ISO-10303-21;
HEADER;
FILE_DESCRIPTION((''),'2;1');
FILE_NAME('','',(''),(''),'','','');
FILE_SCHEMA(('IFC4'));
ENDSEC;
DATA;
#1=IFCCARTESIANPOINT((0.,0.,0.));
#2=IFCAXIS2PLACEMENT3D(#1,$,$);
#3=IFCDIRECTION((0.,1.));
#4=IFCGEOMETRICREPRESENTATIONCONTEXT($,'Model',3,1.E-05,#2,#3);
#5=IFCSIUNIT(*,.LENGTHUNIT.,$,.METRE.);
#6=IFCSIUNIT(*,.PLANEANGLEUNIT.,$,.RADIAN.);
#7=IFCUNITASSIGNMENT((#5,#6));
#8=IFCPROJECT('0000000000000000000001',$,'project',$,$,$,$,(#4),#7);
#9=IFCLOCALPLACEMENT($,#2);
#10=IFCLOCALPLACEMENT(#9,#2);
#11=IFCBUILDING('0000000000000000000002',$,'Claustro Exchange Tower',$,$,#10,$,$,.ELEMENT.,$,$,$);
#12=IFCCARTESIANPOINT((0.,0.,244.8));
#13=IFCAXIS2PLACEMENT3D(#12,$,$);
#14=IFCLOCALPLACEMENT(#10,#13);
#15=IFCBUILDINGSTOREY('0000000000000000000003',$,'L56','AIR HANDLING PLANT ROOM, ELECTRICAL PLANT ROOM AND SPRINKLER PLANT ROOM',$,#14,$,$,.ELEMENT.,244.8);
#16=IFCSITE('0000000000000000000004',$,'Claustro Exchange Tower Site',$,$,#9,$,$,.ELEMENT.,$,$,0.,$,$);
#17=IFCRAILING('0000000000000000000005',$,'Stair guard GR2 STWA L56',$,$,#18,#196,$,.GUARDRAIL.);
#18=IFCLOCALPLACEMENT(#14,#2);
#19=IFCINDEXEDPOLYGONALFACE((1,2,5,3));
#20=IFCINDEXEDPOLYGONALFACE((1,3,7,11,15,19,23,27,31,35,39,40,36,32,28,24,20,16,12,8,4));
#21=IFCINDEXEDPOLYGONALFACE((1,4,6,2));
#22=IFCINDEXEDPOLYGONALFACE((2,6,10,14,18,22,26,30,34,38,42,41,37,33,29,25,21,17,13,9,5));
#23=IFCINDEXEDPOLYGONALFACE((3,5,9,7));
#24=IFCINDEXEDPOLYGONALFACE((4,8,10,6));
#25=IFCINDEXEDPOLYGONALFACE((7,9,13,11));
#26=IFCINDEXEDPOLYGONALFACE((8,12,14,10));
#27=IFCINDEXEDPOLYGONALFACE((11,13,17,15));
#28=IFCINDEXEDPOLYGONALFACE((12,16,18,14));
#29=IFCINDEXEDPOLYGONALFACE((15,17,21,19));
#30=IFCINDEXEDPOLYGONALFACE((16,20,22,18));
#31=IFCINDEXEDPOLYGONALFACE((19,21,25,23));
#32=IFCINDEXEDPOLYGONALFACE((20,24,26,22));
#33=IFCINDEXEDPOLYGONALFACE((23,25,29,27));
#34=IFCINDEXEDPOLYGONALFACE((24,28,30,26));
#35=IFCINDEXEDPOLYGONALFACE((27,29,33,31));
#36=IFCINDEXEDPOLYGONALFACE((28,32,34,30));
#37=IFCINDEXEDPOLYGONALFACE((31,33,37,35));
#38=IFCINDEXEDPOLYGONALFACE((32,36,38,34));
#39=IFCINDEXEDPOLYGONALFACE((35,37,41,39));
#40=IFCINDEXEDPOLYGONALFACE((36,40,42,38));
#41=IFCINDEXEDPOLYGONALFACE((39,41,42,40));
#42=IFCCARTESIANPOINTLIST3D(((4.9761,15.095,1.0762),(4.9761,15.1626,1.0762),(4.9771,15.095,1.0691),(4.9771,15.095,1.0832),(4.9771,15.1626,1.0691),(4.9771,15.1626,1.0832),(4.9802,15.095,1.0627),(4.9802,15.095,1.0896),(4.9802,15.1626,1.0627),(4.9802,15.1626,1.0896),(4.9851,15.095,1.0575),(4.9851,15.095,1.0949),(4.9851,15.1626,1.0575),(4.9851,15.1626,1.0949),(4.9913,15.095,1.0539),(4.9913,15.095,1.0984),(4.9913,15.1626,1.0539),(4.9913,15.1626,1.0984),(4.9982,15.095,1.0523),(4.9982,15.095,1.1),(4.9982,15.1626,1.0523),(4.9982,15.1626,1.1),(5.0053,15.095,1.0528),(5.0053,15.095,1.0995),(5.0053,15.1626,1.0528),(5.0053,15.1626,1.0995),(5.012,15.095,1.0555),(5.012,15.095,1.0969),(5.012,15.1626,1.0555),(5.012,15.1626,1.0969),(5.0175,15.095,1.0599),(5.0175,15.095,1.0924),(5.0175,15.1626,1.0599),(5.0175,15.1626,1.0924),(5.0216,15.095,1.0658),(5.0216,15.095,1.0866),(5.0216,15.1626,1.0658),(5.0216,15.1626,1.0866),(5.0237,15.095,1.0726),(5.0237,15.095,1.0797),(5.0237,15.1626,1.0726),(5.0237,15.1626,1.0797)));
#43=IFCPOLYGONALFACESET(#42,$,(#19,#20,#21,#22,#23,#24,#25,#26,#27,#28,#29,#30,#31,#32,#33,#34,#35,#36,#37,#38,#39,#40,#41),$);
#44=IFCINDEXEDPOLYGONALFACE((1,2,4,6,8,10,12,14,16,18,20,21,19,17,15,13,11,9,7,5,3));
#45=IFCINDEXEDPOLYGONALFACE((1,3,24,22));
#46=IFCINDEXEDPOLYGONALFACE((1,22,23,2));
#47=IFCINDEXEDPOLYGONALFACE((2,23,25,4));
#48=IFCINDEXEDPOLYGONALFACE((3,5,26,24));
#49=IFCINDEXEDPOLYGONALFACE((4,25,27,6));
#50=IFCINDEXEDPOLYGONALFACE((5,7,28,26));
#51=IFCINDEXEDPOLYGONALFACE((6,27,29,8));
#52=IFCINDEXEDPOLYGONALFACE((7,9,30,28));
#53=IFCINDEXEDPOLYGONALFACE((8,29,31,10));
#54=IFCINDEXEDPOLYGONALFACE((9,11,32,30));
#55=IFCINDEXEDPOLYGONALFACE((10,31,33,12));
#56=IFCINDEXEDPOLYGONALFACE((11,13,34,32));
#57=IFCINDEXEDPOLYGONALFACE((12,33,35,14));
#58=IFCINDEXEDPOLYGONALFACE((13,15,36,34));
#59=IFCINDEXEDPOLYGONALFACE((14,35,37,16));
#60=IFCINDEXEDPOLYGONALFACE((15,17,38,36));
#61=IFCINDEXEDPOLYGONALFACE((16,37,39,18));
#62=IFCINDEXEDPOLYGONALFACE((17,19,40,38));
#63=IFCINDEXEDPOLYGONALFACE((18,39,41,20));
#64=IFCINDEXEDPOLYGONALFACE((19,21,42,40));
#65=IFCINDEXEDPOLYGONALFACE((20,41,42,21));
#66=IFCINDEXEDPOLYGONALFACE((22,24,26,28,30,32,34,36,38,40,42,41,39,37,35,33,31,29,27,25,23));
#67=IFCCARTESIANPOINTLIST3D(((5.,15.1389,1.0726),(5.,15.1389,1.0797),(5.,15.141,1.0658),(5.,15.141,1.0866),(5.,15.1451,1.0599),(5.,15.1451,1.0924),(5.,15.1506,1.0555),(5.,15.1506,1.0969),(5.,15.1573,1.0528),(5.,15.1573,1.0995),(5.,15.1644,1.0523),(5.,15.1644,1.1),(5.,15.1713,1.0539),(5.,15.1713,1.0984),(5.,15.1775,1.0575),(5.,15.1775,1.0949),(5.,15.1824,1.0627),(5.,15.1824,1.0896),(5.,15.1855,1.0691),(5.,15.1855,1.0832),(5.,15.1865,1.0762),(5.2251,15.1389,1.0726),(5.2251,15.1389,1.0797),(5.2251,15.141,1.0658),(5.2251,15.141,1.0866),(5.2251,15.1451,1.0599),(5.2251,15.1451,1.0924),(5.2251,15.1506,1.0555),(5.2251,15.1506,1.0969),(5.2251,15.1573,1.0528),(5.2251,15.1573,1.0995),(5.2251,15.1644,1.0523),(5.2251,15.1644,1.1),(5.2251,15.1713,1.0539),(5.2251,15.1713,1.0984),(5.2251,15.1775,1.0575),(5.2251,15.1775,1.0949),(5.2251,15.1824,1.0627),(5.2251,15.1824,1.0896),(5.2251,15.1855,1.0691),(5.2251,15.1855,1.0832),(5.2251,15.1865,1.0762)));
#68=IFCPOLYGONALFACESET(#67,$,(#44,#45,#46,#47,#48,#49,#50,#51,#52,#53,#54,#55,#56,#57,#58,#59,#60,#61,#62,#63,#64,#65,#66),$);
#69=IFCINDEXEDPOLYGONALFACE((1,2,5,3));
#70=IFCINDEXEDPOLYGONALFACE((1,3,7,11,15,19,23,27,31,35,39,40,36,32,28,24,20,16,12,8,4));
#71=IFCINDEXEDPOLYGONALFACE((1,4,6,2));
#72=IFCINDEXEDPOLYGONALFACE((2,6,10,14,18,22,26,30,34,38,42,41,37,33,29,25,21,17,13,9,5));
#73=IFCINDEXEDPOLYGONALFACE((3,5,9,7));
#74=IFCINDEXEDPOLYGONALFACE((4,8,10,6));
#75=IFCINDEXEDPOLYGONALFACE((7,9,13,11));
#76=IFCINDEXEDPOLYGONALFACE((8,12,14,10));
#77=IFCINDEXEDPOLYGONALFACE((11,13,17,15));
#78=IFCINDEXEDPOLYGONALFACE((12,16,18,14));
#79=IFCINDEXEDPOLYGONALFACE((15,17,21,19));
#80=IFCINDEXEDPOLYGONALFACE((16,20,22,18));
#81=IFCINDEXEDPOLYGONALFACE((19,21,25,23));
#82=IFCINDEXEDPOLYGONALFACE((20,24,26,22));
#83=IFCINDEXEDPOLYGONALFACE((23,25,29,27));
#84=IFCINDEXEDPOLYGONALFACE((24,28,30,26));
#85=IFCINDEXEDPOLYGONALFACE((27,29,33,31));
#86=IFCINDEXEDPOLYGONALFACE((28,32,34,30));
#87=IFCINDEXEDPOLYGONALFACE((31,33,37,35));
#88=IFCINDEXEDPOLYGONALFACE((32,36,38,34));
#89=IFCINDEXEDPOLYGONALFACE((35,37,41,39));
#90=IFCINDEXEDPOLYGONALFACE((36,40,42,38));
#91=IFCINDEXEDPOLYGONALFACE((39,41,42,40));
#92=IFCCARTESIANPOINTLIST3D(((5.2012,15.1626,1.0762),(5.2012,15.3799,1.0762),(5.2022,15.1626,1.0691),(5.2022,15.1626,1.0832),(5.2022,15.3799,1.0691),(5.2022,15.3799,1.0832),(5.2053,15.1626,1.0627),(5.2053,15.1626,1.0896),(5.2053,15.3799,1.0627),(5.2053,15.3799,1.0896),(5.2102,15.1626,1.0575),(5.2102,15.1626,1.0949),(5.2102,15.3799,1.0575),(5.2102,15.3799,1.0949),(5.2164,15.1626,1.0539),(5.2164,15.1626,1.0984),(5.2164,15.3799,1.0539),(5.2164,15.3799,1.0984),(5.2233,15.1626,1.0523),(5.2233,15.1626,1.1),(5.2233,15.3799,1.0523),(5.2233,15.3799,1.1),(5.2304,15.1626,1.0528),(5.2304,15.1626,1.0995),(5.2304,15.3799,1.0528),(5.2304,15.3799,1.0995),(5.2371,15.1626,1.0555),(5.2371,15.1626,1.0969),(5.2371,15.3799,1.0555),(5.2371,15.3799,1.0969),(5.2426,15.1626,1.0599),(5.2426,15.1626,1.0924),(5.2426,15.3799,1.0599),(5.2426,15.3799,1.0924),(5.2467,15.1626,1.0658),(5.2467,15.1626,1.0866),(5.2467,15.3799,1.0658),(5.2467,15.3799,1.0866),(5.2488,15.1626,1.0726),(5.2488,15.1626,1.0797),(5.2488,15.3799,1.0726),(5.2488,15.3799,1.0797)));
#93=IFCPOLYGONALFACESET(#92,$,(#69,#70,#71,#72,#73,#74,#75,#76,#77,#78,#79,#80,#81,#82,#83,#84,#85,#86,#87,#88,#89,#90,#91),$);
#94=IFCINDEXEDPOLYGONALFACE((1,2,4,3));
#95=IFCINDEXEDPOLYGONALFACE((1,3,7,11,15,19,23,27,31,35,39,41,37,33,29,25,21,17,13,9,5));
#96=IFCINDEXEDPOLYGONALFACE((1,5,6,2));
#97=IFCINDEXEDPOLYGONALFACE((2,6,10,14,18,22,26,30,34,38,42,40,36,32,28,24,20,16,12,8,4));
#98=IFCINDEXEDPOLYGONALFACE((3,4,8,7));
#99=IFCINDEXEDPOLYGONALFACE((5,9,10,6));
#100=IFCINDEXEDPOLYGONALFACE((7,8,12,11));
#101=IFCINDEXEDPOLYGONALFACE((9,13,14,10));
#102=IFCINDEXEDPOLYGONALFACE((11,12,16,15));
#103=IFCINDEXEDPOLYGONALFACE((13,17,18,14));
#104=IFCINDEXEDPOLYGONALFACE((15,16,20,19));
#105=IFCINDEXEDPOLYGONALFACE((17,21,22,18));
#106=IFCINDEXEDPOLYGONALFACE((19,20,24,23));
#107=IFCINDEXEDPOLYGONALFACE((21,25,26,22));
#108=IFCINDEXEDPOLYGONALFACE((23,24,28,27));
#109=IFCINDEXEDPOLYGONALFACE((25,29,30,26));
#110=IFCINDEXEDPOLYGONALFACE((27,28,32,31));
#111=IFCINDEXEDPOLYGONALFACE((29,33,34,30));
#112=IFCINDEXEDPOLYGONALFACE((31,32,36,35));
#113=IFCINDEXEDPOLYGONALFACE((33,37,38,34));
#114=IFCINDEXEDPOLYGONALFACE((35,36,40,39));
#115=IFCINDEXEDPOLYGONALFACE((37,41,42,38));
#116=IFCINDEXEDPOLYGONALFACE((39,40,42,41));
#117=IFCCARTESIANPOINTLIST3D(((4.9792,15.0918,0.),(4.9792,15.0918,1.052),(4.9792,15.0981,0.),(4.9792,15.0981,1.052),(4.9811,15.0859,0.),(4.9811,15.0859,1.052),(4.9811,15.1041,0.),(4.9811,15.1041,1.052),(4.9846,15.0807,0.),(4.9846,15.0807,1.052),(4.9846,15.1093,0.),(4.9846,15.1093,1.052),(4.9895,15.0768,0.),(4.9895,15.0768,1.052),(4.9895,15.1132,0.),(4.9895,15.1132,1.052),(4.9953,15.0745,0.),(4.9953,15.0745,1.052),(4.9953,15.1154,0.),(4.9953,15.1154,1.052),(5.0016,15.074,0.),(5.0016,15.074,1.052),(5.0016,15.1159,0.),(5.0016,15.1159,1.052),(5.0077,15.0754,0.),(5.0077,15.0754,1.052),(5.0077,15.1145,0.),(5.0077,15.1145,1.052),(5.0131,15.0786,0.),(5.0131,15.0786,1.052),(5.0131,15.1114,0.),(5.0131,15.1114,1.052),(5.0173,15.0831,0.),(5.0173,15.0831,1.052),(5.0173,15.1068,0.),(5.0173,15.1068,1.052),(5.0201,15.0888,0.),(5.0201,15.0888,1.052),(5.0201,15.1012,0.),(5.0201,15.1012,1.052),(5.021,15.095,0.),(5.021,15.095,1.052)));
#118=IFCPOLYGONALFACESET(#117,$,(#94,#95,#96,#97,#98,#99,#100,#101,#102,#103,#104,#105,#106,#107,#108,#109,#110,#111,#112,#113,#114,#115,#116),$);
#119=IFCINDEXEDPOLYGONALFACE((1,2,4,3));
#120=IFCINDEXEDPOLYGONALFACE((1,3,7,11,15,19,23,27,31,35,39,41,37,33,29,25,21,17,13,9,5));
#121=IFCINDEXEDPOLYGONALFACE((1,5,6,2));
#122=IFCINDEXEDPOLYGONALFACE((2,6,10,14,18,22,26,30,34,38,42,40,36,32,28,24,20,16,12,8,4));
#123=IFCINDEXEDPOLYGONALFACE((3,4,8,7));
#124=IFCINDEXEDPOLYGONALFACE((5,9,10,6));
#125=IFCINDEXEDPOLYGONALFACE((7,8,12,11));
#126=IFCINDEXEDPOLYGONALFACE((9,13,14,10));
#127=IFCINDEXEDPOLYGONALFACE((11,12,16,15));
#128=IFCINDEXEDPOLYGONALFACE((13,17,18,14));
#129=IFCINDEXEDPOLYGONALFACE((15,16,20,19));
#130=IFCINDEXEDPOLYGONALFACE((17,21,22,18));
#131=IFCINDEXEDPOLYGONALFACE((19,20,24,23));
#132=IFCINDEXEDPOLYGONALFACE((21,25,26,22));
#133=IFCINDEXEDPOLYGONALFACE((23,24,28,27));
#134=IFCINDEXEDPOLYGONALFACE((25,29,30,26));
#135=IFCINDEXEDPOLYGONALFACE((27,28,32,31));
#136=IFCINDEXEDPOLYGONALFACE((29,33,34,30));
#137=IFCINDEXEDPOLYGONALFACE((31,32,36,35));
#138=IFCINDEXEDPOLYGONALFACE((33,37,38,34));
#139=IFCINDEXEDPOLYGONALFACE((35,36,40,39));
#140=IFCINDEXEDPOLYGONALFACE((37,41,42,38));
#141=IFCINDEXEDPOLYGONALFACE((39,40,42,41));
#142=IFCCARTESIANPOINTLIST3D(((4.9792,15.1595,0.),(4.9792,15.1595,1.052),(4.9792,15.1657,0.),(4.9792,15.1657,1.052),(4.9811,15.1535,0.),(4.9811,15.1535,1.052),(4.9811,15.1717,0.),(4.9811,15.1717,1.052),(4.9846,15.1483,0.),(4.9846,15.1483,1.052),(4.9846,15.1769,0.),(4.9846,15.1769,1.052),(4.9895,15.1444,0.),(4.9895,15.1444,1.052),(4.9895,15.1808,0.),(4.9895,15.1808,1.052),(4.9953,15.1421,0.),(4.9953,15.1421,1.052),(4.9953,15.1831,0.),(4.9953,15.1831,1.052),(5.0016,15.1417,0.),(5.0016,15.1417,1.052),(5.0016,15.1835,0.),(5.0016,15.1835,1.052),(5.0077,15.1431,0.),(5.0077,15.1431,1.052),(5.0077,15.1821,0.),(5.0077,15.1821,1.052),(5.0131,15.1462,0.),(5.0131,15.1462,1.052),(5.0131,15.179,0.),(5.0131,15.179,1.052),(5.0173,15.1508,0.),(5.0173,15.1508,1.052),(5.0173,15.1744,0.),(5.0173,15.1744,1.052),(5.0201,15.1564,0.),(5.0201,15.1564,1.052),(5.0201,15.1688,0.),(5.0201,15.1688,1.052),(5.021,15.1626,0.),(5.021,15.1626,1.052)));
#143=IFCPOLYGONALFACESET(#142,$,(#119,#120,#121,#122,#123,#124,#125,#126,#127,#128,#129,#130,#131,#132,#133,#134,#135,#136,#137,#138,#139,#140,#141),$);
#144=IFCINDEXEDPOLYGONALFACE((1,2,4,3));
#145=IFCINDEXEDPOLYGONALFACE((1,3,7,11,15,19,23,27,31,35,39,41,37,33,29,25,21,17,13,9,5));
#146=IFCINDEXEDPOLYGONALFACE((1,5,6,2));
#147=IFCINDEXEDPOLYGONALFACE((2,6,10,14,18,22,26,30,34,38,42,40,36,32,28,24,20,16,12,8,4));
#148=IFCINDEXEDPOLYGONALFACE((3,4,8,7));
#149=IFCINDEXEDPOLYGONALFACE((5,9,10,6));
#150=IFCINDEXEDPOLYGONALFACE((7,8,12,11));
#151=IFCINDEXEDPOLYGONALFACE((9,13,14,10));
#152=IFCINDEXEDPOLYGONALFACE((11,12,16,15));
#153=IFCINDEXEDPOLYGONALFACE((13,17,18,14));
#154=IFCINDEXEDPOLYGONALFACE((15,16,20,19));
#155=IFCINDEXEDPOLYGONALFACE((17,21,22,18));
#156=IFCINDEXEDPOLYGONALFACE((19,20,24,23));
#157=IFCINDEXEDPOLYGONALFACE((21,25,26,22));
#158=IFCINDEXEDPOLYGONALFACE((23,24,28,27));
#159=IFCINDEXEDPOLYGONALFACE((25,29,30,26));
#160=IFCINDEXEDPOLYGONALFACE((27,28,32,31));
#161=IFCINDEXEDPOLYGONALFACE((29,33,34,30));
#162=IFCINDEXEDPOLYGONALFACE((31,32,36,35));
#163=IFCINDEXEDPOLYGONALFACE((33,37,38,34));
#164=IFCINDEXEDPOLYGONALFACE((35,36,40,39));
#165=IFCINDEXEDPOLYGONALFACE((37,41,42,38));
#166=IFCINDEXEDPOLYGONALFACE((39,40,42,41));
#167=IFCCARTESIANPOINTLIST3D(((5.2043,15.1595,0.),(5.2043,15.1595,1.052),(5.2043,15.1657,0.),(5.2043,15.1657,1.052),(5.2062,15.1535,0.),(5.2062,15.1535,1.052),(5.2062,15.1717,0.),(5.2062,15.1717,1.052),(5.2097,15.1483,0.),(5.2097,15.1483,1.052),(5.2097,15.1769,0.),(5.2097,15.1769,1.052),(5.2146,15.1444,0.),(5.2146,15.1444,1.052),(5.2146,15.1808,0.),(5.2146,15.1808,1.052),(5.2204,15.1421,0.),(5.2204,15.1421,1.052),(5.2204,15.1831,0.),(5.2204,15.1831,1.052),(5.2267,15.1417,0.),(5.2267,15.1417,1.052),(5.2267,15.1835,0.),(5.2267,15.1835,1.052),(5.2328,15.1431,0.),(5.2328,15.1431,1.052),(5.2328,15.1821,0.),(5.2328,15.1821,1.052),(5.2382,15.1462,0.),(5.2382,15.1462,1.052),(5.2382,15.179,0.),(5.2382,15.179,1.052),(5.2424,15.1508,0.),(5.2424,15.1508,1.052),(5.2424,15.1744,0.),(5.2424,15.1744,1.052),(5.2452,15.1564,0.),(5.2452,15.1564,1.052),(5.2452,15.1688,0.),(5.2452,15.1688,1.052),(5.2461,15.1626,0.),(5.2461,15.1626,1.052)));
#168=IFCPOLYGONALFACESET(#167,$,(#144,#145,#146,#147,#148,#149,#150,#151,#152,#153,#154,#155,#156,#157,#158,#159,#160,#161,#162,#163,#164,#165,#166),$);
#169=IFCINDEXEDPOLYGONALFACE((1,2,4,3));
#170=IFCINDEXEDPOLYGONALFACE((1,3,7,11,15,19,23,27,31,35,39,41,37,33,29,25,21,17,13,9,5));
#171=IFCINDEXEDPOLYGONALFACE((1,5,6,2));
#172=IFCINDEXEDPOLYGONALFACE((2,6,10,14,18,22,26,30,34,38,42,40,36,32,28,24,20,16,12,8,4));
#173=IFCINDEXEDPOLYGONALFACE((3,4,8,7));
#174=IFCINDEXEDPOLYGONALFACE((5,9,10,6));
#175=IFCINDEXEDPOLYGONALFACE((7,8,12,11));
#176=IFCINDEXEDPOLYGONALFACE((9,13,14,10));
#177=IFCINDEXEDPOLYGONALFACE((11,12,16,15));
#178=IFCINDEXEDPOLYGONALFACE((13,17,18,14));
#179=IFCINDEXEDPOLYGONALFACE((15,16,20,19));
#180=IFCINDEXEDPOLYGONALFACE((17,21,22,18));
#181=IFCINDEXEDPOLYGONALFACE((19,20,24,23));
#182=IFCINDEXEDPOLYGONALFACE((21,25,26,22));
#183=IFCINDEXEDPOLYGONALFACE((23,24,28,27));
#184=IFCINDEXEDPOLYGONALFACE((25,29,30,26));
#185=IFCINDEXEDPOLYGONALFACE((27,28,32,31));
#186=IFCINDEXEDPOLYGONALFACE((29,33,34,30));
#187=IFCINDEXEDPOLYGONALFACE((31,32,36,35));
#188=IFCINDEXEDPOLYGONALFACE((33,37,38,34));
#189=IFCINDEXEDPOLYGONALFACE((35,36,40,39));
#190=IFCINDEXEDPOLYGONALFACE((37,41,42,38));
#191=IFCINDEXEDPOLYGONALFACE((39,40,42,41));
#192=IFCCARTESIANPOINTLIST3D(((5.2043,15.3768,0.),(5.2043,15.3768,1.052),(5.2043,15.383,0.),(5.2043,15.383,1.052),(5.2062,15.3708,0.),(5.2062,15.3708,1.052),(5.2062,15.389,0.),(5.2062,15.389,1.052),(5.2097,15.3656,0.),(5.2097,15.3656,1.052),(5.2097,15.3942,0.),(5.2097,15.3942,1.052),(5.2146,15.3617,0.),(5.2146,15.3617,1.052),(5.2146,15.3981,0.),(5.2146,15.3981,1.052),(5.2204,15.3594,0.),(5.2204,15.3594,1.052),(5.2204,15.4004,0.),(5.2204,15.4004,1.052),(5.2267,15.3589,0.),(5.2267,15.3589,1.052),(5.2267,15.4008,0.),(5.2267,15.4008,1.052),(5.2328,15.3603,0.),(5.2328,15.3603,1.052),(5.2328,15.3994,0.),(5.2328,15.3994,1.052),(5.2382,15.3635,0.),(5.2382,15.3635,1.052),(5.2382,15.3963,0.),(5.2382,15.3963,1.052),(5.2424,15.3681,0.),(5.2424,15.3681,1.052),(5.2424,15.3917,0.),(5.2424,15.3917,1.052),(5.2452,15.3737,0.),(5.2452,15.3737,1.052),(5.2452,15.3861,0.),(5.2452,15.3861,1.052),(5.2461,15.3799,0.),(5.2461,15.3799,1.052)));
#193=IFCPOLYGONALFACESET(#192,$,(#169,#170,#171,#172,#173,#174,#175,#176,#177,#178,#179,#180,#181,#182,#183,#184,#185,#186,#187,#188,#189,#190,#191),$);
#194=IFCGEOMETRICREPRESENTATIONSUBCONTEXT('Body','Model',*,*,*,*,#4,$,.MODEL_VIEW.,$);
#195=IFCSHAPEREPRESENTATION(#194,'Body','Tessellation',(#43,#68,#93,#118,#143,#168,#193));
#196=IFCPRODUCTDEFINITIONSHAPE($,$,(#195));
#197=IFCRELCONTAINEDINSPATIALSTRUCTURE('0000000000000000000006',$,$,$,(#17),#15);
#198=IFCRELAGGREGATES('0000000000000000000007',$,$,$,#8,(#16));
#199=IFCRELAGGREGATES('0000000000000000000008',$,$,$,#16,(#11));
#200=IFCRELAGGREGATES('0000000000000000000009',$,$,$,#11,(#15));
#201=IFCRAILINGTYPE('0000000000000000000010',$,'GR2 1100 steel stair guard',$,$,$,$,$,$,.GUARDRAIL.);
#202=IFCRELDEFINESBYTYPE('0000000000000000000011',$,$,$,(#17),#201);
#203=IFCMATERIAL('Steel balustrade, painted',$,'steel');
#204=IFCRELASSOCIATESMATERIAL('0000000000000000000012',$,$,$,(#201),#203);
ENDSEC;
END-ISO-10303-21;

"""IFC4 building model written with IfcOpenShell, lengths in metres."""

from ifc_helpers import new_model, si_unit, direction, frame, origin, origin_2d, place, context, subcontext, project, spatial, circle, extrude, material, type_object, element, save


model = new_model("IFC4")

# Units and contexts
model_context = context("Model", 3, precision=1e-05, world=origin(), true_north=direction((0.0, 1.0)))
body_context = subcontext(model_context, "Body", "Model", "MODEL_VIEW")
ifc_project = project(units=[si_unit("LENGTHUNIT", "METRE"), si_unit("PLANEANGLEUNIT", "RADIAN")], contexts=[model_context])

# Site, building, storey
site_placement = place(None, origin())
site = spatial("IfcSite", under=ifc_project, at=site_placement, Name="Claustro Exchange Tower Site", CompositionType="ELEMENT", RefElevation=0.0)
building_placement = place(site_placement, origin())
building = spatial("IfcBuilding", under=site, at=building_placement, Name="Claustro Exchange Tower", CompositionType="ELEMENT")
storey_placement = place(building_placement, frame((0.0, 0.0, 244.8)))
storey = spatial("IfcBuildingStorey", under=building, at=storey_placement, Name="L56", Description="AIR HANDLING PLANT ROOM, ELECTRICAL PLANT ROOM AND SPRINKLER PLANT ROOM", CompositionType="ELEMENT", Elevation=244.8)

# Railing
ifc_material_1 = material(Name="Steel balustrade, painted", Category="steel")
railing_type_1 = type_object("IfcRailingType", Name="GR2 1100 steel stair guard", PredefinedType="GUARDRAIL", material=ifc_material_1)
railing_1_placement = place(storey_placement, frame((5.0, 15.095, 0.0)))
element("IfcRailing", 1, at=railing_1_placement, inside=storey, type_object=railing_type_1, Name="Stair guard GR2 STWA L56", PredefinedType="GUARDRAIL", context=body_context, shape_type="SweptSolid", body=[
    extrude(circle(Radius=0.0239, at=origin_2d()), frame((0.0, 0.0, 1.0762), z_axis=(0.0, 1.0, 0.0), x_axis=(-1.0, 0.0, 0.0)), (0.0, 0.0, 1.0), 0.0676),
    extrude(circle(Radius=0.0239, at=origin_2d()), frame((0.0, 0.0676, 1.0762), z_axis=(1.0, 0.0, 0.0), x_axis=(0.0, 1.0, 0.0)), (0.0, 0.0, 1.0), 0.2251),
    extrude(circle(Radius=0.0239, at=origin_2d()), frame((0.2251, 0.0676, 1.0762), z_axis=(0.0, 1.0, 0.0), x_axis=(-1.0, 0.0, 0.0)), (0.0, 0.0, 1.0), 0.2173),
    extrude(circle(Radius=0.021, at=origin_2d()), origin(), (0.0, 0.0, 1.0), 1.052),
    extrude(circle(Radius=0.021, at=origin_2d()), frame((0.0, 0.0676, 0.0)), (0.0, 0.0, 1.0), 1.052),
    extrude(circle(Radius=0.021, at=origin_2d()), frame((0.2251, 0.0676, 0.0)), (0.0, 0.0, 1.0), 1.052),
    extrude(circle(Radius=0.021, at=origin_2d()), frame((0.2251, 0.2849, 0.0)), (0.0, 0.0, 1.0), 1.052),
])

save(model, "model.ifc")
